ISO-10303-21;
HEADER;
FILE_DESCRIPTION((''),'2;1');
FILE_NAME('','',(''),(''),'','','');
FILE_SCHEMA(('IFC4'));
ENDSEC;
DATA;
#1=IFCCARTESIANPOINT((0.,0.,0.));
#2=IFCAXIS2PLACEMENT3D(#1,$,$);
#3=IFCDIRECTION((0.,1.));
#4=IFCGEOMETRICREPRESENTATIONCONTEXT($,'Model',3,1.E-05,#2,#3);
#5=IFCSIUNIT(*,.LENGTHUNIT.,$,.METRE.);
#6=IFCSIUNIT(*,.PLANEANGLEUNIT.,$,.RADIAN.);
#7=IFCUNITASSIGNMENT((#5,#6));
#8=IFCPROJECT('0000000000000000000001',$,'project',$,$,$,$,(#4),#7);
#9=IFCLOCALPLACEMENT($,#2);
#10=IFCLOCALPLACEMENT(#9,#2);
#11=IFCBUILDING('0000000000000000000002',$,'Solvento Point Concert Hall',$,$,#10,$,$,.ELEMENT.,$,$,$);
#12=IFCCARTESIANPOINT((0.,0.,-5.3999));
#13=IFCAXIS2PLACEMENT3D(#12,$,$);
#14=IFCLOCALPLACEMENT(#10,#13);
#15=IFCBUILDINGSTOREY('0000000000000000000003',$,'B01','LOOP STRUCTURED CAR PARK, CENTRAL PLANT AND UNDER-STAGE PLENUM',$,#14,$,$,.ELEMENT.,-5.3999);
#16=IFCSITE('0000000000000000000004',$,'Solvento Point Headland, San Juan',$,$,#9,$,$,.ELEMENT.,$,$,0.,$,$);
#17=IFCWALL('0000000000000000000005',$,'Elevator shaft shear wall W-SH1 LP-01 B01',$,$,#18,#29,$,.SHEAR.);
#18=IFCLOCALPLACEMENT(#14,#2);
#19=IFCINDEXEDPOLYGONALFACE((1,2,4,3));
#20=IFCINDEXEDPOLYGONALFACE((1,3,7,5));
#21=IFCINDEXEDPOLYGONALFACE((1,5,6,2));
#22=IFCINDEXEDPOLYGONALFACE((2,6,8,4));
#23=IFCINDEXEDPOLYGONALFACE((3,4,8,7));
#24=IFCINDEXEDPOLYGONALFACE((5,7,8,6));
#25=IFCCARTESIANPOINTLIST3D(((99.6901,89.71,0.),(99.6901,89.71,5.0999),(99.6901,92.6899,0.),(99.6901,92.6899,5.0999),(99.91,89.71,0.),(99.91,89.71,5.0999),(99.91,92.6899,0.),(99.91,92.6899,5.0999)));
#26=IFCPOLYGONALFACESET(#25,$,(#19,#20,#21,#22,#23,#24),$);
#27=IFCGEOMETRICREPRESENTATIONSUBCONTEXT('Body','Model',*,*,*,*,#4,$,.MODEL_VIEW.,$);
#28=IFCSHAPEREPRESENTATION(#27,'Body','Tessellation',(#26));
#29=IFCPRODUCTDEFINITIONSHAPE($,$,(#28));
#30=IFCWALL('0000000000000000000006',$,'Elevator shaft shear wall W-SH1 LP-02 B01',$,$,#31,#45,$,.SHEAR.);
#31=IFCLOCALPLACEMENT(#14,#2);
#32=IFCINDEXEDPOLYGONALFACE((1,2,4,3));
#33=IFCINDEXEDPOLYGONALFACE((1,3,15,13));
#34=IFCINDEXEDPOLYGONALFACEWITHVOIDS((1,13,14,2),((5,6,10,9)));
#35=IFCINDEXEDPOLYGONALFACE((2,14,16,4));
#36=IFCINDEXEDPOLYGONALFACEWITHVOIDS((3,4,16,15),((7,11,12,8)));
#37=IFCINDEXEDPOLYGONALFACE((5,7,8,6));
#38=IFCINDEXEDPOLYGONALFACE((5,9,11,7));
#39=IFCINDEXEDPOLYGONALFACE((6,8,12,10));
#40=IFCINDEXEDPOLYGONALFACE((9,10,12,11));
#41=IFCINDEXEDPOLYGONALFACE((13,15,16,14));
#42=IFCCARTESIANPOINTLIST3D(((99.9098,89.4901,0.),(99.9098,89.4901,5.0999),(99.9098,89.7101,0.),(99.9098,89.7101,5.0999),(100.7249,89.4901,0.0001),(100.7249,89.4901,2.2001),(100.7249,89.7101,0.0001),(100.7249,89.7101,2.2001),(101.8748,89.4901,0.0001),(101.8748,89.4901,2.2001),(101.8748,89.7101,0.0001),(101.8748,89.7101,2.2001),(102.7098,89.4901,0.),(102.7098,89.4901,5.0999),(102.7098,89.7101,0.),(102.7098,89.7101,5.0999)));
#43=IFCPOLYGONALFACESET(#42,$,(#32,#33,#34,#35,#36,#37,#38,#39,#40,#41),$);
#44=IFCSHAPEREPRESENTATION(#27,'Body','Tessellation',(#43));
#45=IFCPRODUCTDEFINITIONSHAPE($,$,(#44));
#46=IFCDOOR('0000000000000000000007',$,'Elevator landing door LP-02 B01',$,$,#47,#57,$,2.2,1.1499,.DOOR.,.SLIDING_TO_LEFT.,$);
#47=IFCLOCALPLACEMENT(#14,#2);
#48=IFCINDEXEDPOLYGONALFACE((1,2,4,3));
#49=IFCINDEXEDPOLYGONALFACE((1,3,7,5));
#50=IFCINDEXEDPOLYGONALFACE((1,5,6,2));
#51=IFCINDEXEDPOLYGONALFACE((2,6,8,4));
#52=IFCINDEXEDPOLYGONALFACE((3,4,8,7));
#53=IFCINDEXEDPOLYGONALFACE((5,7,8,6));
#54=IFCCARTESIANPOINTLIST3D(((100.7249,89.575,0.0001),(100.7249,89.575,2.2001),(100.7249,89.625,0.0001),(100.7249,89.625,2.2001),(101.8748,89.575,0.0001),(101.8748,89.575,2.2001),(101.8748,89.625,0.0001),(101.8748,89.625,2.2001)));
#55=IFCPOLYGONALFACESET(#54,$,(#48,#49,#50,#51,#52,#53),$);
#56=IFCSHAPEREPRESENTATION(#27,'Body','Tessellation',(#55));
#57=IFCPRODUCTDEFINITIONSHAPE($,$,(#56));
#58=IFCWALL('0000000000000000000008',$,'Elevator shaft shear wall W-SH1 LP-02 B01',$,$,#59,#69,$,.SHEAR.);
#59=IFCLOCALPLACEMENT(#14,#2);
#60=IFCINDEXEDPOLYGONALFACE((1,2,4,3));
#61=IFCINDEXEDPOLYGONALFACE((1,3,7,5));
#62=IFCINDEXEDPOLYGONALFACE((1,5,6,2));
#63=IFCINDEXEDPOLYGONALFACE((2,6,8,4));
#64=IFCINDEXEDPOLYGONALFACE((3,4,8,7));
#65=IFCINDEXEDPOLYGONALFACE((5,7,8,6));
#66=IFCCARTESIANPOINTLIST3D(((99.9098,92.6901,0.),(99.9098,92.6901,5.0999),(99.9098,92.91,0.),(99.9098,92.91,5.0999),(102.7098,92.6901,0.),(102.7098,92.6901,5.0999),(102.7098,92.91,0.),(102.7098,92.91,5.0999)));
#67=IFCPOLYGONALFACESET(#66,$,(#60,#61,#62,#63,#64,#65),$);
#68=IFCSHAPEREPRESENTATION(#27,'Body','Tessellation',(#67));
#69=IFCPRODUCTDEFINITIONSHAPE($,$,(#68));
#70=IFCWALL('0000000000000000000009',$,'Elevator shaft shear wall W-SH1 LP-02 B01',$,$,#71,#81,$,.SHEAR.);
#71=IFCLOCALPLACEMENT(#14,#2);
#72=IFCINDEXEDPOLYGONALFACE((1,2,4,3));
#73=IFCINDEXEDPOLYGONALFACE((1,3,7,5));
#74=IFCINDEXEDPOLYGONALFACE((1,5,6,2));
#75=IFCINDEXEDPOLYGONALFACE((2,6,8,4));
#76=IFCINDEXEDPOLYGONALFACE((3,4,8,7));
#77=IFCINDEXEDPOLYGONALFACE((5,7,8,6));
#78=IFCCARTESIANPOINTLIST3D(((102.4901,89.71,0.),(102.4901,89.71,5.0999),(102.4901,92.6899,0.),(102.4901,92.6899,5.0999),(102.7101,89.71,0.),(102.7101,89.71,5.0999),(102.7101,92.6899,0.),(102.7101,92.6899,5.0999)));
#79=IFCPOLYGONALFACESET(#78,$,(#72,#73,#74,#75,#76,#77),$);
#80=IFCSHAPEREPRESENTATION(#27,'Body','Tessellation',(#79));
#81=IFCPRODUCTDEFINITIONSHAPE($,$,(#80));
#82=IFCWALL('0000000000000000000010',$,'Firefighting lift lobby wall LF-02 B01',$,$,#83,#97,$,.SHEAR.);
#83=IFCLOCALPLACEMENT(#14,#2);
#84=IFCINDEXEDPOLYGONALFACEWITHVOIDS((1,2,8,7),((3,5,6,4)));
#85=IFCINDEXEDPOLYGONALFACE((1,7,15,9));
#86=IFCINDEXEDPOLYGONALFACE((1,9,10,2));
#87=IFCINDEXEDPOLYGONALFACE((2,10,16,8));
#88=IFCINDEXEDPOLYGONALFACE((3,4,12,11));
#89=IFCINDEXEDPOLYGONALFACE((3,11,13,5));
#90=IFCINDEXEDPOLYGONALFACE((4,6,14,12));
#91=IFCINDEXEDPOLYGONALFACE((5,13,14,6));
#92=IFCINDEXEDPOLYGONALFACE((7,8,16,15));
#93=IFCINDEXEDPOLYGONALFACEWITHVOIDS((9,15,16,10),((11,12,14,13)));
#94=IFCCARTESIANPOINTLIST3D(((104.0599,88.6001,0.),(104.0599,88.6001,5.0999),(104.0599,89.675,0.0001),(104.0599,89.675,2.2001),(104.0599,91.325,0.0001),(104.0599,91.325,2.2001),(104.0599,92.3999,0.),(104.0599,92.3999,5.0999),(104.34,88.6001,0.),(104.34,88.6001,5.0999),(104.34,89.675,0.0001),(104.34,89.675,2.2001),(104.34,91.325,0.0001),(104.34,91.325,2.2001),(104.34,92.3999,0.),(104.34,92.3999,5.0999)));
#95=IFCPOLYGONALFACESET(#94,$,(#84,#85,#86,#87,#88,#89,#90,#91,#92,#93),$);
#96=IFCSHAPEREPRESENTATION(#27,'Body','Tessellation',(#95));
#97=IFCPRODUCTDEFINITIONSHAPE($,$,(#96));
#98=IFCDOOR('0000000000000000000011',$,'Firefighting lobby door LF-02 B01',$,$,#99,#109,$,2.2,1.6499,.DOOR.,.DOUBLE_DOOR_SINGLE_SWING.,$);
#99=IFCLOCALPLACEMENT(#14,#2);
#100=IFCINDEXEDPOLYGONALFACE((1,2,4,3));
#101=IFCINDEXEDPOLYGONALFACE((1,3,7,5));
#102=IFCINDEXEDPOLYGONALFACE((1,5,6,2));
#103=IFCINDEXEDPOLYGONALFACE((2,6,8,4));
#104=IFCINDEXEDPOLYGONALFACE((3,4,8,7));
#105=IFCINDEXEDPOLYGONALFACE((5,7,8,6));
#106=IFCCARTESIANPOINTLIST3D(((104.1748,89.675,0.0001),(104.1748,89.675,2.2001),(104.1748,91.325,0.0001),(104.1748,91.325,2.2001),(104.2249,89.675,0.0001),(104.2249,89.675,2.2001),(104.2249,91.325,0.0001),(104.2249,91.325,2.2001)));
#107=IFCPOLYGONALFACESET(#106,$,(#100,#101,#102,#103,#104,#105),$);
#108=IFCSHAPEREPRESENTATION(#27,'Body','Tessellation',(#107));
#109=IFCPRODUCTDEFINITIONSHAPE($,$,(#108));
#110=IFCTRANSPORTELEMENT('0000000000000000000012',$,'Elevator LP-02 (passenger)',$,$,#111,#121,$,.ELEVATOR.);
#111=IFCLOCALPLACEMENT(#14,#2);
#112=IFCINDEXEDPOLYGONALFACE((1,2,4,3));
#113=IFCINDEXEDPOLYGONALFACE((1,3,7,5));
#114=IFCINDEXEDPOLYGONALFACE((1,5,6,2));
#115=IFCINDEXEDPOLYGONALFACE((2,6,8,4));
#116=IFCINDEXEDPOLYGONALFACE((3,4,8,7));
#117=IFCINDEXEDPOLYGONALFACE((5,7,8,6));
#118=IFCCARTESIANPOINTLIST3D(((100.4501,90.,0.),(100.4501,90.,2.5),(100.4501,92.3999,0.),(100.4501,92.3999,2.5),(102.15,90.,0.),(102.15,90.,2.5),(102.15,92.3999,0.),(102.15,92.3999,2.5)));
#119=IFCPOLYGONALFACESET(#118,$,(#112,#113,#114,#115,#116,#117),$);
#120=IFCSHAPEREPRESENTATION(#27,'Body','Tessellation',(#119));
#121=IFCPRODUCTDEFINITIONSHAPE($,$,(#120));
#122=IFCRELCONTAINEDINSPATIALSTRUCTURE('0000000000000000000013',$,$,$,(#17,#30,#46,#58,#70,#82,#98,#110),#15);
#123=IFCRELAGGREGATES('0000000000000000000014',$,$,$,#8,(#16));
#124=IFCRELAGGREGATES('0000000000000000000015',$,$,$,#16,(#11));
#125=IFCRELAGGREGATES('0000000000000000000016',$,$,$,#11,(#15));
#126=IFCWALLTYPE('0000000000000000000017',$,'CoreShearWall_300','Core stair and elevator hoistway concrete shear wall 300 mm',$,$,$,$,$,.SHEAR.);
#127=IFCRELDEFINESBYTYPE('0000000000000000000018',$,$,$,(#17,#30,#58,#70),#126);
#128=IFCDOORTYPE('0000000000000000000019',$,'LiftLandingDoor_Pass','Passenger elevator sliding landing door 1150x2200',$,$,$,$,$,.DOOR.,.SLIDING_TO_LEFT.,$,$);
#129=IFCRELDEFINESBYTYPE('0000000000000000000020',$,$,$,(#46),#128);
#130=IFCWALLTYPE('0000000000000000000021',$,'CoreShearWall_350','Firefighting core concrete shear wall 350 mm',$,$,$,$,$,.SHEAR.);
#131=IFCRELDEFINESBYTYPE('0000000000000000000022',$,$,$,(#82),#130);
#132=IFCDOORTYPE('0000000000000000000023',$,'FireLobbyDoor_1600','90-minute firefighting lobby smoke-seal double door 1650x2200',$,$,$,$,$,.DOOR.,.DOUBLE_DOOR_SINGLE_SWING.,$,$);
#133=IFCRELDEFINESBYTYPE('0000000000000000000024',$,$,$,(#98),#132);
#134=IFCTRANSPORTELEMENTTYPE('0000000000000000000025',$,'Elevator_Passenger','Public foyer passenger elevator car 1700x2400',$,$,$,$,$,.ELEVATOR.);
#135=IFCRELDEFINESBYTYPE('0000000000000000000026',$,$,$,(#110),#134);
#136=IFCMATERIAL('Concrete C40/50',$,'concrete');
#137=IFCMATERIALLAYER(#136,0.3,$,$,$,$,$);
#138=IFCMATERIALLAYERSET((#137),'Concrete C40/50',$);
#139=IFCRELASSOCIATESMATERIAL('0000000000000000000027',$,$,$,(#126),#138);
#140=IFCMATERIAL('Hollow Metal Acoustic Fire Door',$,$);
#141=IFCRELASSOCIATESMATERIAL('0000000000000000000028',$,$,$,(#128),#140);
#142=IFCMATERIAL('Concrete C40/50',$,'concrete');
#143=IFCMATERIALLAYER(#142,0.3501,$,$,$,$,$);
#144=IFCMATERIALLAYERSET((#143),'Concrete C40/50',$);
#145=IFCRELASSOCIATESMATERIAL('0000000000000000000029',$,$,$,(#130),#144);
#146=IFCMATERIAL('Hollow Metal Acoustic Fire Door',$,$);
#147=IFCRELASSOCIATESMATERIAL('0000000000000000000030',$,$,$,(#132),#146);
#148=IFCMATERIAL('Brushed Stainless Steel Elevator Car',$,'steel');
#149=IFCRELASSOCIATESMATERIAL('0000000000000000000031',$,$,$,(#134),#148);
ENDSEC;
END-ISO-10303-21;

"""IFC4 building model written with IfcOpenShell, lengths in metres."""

from ifc_helpers import new_model, si_unit, direction, frame, frame_2d, origin, origin_2d, place, context, subcontext, project, spatial, rectangle, extrude, material, layer, layer_set, type_object, element, fill, save


model = new_model("IFC4")

# Units and contexts
model_context = context("Model", 3, precision=1e-05, world=origin(), true_north=direction((0.0, 1.0)))
body_context = subcontext(model_context, "Body", "Model", "MODEL_VIEW")
ifc_project = project(units=[si_unit("LENGTHUNIT", "METRE"), si_unit("PLANEANGLEUNIT", "RADIAN")], contexts=[model_context])

# Site, building, storey
site_placement = place(None, origin())
site = spatial("IfcSite", under=ifc_project, at=site_placement, Name="Solvento Point Headland, San Juan", CompositionType="ELEMENT", RefElevation=0.0)
building_placement = place(site_placement, origin())
building = spatial("IfcBuilding", under=site, at=building_placement, Name="Solvento Point Concert Hall", CompositionType="ELEMENT")
storey_placement = place(building_placement, frame((0.0, 0.0, -5.3999)))
storey = spatial("IfcBuildingStorey", under=building, at=storey_placement, Name="B01", Description="LOOP STRUCTURED CAR PARK, CENTRAL PLANT AND UNDER-STAGE PLENUM", CompositionType="ELEMENT", Elevation=-5.3999)

# Wall
ifc_material_1 = material(Name="Concrete C40/50", Category="concrete")
ifc_layer_1 = layer(ifc_material_1, 0.3)
ifc_layer_set_1 = layer_set([ifc_layer_1], Name="Concrete C40/50")
wall_type_1 = type_object("IfcWallType", Name="CoreShearWall_300", Description="Core stair and elevator hoistway concrete shear wall 300 mm", PredefinedType="SHEAR", material=ifc_layer_set_1)
wall_1_placement = place(storey_placement, frame((99.8, 89.71, 0.0), z_axis=(0.0, 0.0, 1.0), x_axis=(0.0, 1.0, 0.0)))
element("IfcWall", 1, at=wall_1_placement, inside=storey, type_object=wall_type_1, Name="Elevator shaft shear wall W-SH1 LP-01 B01", PredefinedType="SHEAR", context=body_context, shape_type="SweptSolid", body=[
    extrude(rectangle(XDim=2.98, YDim=0.22, at=frame_2d((1.49, 0.0))), origin(), (0.0, 0.0, 1.0), 5.0999),
])

# Wall, opening, door
wall_2_placement = place(storey_placement, frame((99.9099, 89.6001, 0.0), z_axis=(0.0, 0.0, 1.0), x_axis=(1.0, 0.0, 0.0)))
wall_2 = element("IfcWall", 2, at=wall_2_placement, inside=storey, type_object=wall_type_1, Name="Elevator shaft shear wall W-SH1 LP-02 B01", PredefinedType="SHEAR", context=body_context, shape_type="SweptSolid", body=[
    extrude(rectangle(XDim=2.8, YDim=0.22, at=frame_2d((1.3999, 0.0))), origin(), (0.0, 0.0, 1.0), 5.0999),
])
opening_1_placement = place(wall_2_placement, frame((0.8149, 0.0, 0.0)))
opening_1 = element("IfcOpeningElement", 3, at=opening_1_placement, cuts=wall_2, PredefinedType="OPENING", context=body_context, shape_type="SweptSolid", body=[
    extrude(rectangle(XDim=1.1499, YDim=2.2, at=frame_2d((0.575, 1.1001))), frame((0.0, 0.1199, 0.0), z_axis=(0.0, -1.0, 0.0), x_axis=(1.0, 0.0, 0.0)), (0.0, 0.0, 1.0), 0.24),
])
ifc_material_2 = material(Name="Hollow Metal Acoustic Fire Door")
door_type_1 = type_object("IfcDoorType", Name="LiftLandingDoor_Pass", Description="Passenger elevator sliding landing door 1150x2200", OperationType="SLIDING_TO_LEFT", PredefinedType="DOOR", material=ifc_material_2)
door_1_placement = place(opening_1_placement, origin())
door_1 = element("IfcDoor", 4, at=door_1_placement, inside=storey, type_object=door_type_1, Name="Elevator landing door LP-02 B01", OperationType="SLIDING_TO_LEFT", OverallHeight=2.2, OverallWidth=1.1499, PredefinedType="DOOR", context=body_context, shape_type="SweptSolid", body=[
    extrude(rectangle(XDim=1.1499, YDim=2.2, at=frame_2d((0.575, 1.1001))), frame((0.0, 0.0249, 0.0), z_axis=(0.0, -1.0, 0.0), x_axis=(1.0, 0.0, 0.0)), (0.0, 0.0, 1.0), 0.05),
])
fill(opening_1, door_1)

# Walls
wall_3_placement = place(storey_placement, frame((99.9099, 92.8, 0.0), z_axis=(0.0, 0.0, 1.0), x_axis=(1.0, 0.0, 0.0)))
element("IfcWall", 5, at=wall_3_placement, inside=storey, type_object=wall_type_1, Name="Elevator shaft shear wall W-SH1 LP-02 B01", PredefinedType="SHEAR", context=body_context, shape_type="SweptSolid", body=[
    extrude(rectangle(XDim=2.8, YDim=0.22, at=frame_2d((1.3999, 0.0))), origin(), (0.0, 0.0, 1.0), 5.0999),
])
wall_4_placement = place(storey_placement, frame((102.6001, 89.71, 0.0), z_axis=(0.0, 0.0, 1.0), x_axis=(0.0, 1.0, 0.0)))
element("IfcWall", 6, at=wall_4_placement, inside=storey, type_object=wall_type_1, Name="Elevator shaft shear wall W-SH1 LP-02 B01", PredefinedType="SHEAR", context=body_context, shape_type="SweptSolid", body=[
    extrude(rectangle(XDim=2.98, YDim=0.22, at=frame_2d((1.49, 0.0))), origin(), (0.0, 0.0, 1.0), 5.0999),
])

# Wall, opening, door
ifc_material_3 = material(Name="Concrete C40/50", Category="concrete")
ifc_layer_2 = layer(ifc_material_3, 0.3501)
ifc_layer_set_2 = layer_set([ifc_layer_2], Name="Concrete C40/50")
wall_type_2 = type_object("IfcWallType", Name="CoreShearWall_350", Description="Firefighting core concrete shear wall 350 mm", PredefinedType="SHEAR", material=ifc_layer_set_2)
wall_5_placement = place(storey_placement, frame((104.2, 92.3999, 0.0), z_axis=(0.0, 0.0, 1.0), x_axis=(0.0, -1.0, 0.0)))
wall_5 = element("IfcWall", 7, at=wall_5_placement, inside=storey, type_object=wall_type_2, Name="Firefighting lift lobby wall LF-02 B01", PredefinedType="SHEAR", context=body_context, shape_type="SweptSolid", body=[
    extrude(rectangle(XDim=3.7998, YDim=0.28, at=frame_2d((1.8999, 0.0))), origin(), (0.0, 0.0, 1.0), 5.0999),
])
opening_2_placement = place(wall_5_placement, frame((1.075, 0.0, 0.0)))
opening_2 = element("IfcOpeningElement", 8, at=opening_2_placement, cuts=wall_5, PredefinedType="OPENING", context=body_context, shape_type="SweptSolid", body=[
    extrude(rectangle(XDim=1.6499, YDim=2.2, at=frame_2d((0.825, 1.1001))), frame((0.0, 0.1499, 0.0), z_axis=(0.0, -1.0, 0.0), x_axis=(1.0, 0.0, 0.0)), (0.0, 0.0, 1.0), 0.3),
])
ifc_material_4 = material(Name="Hollow Metal Acoustic Fire Door")
door_type_2 = type_object("IfcDoorType", Name="FireLobbyDoor_1600", Description="90-minute firefighting lobby smoke-seal double door 1650x2200", OperationType="DOUBLE_DOOR_SINGLE_SWING", PredefinedType="DOOR", material=ifc_material_4)
door_2_placement = place(opening_2_placement, origin())
door_2 = element("IfcDoor", 9, at=door_2_placement, inside=storey, type_object=door_type_2, Name="Firefighting lobby door LF-02 B01", OperationType="DOUBLE_DOOR_SINGLE_SWING", OverallHeight=2.2, OverallWidth=1.6499, PredefinedType="DOOR", context=body_context, shape_type="SweptSolid", body=[
    extrude(rectangle(XDim=1.6499, YDim=2.2, at=frame_2d((0.825, 1.1001))), frame((0.0, 0.0249, 0.0), z_axis=(0.0, -1.0, 0.0), x_axis=(1.0, 0.0, 0.0)), (0.0, 0.0, 1.0), 0.05),
])
fill(opening_2, door_2)

# Transport element
ifc_material_5 = material(Name="Brushed Stainless Steel Elevator Car", Category="steel")
transport_element_type = type_object("IfcTransportElementType", Name="Elevator_Passenger", Description="Public foyer passenger elevator car 1700x2400", PredefinedType="ELEVATOR", material=ifc_material_5)
transport_element_placement = place(storey_placement, frame((101.3, 91.2, 0.0), z_axis=(0.0, 0.0, 1.0), x_axis=(1.0, 0.0, 0.0)))
element("IfcTransportElement", 10, at=transport_element_placement, inside=storey, type_object=transport_element_type, Name="Elevator LP-02 (passenger)", PredefinedType="ELEVATOR", context=body_context, shape_type="SweptSolid", body=[
    extrude(rectangle(XDim=1.7, YDim=2.3999, at=origin_2d()), origin(), (0.0, 0.0, 1.0), 2.5),
])

save(model, "model.ifc")
